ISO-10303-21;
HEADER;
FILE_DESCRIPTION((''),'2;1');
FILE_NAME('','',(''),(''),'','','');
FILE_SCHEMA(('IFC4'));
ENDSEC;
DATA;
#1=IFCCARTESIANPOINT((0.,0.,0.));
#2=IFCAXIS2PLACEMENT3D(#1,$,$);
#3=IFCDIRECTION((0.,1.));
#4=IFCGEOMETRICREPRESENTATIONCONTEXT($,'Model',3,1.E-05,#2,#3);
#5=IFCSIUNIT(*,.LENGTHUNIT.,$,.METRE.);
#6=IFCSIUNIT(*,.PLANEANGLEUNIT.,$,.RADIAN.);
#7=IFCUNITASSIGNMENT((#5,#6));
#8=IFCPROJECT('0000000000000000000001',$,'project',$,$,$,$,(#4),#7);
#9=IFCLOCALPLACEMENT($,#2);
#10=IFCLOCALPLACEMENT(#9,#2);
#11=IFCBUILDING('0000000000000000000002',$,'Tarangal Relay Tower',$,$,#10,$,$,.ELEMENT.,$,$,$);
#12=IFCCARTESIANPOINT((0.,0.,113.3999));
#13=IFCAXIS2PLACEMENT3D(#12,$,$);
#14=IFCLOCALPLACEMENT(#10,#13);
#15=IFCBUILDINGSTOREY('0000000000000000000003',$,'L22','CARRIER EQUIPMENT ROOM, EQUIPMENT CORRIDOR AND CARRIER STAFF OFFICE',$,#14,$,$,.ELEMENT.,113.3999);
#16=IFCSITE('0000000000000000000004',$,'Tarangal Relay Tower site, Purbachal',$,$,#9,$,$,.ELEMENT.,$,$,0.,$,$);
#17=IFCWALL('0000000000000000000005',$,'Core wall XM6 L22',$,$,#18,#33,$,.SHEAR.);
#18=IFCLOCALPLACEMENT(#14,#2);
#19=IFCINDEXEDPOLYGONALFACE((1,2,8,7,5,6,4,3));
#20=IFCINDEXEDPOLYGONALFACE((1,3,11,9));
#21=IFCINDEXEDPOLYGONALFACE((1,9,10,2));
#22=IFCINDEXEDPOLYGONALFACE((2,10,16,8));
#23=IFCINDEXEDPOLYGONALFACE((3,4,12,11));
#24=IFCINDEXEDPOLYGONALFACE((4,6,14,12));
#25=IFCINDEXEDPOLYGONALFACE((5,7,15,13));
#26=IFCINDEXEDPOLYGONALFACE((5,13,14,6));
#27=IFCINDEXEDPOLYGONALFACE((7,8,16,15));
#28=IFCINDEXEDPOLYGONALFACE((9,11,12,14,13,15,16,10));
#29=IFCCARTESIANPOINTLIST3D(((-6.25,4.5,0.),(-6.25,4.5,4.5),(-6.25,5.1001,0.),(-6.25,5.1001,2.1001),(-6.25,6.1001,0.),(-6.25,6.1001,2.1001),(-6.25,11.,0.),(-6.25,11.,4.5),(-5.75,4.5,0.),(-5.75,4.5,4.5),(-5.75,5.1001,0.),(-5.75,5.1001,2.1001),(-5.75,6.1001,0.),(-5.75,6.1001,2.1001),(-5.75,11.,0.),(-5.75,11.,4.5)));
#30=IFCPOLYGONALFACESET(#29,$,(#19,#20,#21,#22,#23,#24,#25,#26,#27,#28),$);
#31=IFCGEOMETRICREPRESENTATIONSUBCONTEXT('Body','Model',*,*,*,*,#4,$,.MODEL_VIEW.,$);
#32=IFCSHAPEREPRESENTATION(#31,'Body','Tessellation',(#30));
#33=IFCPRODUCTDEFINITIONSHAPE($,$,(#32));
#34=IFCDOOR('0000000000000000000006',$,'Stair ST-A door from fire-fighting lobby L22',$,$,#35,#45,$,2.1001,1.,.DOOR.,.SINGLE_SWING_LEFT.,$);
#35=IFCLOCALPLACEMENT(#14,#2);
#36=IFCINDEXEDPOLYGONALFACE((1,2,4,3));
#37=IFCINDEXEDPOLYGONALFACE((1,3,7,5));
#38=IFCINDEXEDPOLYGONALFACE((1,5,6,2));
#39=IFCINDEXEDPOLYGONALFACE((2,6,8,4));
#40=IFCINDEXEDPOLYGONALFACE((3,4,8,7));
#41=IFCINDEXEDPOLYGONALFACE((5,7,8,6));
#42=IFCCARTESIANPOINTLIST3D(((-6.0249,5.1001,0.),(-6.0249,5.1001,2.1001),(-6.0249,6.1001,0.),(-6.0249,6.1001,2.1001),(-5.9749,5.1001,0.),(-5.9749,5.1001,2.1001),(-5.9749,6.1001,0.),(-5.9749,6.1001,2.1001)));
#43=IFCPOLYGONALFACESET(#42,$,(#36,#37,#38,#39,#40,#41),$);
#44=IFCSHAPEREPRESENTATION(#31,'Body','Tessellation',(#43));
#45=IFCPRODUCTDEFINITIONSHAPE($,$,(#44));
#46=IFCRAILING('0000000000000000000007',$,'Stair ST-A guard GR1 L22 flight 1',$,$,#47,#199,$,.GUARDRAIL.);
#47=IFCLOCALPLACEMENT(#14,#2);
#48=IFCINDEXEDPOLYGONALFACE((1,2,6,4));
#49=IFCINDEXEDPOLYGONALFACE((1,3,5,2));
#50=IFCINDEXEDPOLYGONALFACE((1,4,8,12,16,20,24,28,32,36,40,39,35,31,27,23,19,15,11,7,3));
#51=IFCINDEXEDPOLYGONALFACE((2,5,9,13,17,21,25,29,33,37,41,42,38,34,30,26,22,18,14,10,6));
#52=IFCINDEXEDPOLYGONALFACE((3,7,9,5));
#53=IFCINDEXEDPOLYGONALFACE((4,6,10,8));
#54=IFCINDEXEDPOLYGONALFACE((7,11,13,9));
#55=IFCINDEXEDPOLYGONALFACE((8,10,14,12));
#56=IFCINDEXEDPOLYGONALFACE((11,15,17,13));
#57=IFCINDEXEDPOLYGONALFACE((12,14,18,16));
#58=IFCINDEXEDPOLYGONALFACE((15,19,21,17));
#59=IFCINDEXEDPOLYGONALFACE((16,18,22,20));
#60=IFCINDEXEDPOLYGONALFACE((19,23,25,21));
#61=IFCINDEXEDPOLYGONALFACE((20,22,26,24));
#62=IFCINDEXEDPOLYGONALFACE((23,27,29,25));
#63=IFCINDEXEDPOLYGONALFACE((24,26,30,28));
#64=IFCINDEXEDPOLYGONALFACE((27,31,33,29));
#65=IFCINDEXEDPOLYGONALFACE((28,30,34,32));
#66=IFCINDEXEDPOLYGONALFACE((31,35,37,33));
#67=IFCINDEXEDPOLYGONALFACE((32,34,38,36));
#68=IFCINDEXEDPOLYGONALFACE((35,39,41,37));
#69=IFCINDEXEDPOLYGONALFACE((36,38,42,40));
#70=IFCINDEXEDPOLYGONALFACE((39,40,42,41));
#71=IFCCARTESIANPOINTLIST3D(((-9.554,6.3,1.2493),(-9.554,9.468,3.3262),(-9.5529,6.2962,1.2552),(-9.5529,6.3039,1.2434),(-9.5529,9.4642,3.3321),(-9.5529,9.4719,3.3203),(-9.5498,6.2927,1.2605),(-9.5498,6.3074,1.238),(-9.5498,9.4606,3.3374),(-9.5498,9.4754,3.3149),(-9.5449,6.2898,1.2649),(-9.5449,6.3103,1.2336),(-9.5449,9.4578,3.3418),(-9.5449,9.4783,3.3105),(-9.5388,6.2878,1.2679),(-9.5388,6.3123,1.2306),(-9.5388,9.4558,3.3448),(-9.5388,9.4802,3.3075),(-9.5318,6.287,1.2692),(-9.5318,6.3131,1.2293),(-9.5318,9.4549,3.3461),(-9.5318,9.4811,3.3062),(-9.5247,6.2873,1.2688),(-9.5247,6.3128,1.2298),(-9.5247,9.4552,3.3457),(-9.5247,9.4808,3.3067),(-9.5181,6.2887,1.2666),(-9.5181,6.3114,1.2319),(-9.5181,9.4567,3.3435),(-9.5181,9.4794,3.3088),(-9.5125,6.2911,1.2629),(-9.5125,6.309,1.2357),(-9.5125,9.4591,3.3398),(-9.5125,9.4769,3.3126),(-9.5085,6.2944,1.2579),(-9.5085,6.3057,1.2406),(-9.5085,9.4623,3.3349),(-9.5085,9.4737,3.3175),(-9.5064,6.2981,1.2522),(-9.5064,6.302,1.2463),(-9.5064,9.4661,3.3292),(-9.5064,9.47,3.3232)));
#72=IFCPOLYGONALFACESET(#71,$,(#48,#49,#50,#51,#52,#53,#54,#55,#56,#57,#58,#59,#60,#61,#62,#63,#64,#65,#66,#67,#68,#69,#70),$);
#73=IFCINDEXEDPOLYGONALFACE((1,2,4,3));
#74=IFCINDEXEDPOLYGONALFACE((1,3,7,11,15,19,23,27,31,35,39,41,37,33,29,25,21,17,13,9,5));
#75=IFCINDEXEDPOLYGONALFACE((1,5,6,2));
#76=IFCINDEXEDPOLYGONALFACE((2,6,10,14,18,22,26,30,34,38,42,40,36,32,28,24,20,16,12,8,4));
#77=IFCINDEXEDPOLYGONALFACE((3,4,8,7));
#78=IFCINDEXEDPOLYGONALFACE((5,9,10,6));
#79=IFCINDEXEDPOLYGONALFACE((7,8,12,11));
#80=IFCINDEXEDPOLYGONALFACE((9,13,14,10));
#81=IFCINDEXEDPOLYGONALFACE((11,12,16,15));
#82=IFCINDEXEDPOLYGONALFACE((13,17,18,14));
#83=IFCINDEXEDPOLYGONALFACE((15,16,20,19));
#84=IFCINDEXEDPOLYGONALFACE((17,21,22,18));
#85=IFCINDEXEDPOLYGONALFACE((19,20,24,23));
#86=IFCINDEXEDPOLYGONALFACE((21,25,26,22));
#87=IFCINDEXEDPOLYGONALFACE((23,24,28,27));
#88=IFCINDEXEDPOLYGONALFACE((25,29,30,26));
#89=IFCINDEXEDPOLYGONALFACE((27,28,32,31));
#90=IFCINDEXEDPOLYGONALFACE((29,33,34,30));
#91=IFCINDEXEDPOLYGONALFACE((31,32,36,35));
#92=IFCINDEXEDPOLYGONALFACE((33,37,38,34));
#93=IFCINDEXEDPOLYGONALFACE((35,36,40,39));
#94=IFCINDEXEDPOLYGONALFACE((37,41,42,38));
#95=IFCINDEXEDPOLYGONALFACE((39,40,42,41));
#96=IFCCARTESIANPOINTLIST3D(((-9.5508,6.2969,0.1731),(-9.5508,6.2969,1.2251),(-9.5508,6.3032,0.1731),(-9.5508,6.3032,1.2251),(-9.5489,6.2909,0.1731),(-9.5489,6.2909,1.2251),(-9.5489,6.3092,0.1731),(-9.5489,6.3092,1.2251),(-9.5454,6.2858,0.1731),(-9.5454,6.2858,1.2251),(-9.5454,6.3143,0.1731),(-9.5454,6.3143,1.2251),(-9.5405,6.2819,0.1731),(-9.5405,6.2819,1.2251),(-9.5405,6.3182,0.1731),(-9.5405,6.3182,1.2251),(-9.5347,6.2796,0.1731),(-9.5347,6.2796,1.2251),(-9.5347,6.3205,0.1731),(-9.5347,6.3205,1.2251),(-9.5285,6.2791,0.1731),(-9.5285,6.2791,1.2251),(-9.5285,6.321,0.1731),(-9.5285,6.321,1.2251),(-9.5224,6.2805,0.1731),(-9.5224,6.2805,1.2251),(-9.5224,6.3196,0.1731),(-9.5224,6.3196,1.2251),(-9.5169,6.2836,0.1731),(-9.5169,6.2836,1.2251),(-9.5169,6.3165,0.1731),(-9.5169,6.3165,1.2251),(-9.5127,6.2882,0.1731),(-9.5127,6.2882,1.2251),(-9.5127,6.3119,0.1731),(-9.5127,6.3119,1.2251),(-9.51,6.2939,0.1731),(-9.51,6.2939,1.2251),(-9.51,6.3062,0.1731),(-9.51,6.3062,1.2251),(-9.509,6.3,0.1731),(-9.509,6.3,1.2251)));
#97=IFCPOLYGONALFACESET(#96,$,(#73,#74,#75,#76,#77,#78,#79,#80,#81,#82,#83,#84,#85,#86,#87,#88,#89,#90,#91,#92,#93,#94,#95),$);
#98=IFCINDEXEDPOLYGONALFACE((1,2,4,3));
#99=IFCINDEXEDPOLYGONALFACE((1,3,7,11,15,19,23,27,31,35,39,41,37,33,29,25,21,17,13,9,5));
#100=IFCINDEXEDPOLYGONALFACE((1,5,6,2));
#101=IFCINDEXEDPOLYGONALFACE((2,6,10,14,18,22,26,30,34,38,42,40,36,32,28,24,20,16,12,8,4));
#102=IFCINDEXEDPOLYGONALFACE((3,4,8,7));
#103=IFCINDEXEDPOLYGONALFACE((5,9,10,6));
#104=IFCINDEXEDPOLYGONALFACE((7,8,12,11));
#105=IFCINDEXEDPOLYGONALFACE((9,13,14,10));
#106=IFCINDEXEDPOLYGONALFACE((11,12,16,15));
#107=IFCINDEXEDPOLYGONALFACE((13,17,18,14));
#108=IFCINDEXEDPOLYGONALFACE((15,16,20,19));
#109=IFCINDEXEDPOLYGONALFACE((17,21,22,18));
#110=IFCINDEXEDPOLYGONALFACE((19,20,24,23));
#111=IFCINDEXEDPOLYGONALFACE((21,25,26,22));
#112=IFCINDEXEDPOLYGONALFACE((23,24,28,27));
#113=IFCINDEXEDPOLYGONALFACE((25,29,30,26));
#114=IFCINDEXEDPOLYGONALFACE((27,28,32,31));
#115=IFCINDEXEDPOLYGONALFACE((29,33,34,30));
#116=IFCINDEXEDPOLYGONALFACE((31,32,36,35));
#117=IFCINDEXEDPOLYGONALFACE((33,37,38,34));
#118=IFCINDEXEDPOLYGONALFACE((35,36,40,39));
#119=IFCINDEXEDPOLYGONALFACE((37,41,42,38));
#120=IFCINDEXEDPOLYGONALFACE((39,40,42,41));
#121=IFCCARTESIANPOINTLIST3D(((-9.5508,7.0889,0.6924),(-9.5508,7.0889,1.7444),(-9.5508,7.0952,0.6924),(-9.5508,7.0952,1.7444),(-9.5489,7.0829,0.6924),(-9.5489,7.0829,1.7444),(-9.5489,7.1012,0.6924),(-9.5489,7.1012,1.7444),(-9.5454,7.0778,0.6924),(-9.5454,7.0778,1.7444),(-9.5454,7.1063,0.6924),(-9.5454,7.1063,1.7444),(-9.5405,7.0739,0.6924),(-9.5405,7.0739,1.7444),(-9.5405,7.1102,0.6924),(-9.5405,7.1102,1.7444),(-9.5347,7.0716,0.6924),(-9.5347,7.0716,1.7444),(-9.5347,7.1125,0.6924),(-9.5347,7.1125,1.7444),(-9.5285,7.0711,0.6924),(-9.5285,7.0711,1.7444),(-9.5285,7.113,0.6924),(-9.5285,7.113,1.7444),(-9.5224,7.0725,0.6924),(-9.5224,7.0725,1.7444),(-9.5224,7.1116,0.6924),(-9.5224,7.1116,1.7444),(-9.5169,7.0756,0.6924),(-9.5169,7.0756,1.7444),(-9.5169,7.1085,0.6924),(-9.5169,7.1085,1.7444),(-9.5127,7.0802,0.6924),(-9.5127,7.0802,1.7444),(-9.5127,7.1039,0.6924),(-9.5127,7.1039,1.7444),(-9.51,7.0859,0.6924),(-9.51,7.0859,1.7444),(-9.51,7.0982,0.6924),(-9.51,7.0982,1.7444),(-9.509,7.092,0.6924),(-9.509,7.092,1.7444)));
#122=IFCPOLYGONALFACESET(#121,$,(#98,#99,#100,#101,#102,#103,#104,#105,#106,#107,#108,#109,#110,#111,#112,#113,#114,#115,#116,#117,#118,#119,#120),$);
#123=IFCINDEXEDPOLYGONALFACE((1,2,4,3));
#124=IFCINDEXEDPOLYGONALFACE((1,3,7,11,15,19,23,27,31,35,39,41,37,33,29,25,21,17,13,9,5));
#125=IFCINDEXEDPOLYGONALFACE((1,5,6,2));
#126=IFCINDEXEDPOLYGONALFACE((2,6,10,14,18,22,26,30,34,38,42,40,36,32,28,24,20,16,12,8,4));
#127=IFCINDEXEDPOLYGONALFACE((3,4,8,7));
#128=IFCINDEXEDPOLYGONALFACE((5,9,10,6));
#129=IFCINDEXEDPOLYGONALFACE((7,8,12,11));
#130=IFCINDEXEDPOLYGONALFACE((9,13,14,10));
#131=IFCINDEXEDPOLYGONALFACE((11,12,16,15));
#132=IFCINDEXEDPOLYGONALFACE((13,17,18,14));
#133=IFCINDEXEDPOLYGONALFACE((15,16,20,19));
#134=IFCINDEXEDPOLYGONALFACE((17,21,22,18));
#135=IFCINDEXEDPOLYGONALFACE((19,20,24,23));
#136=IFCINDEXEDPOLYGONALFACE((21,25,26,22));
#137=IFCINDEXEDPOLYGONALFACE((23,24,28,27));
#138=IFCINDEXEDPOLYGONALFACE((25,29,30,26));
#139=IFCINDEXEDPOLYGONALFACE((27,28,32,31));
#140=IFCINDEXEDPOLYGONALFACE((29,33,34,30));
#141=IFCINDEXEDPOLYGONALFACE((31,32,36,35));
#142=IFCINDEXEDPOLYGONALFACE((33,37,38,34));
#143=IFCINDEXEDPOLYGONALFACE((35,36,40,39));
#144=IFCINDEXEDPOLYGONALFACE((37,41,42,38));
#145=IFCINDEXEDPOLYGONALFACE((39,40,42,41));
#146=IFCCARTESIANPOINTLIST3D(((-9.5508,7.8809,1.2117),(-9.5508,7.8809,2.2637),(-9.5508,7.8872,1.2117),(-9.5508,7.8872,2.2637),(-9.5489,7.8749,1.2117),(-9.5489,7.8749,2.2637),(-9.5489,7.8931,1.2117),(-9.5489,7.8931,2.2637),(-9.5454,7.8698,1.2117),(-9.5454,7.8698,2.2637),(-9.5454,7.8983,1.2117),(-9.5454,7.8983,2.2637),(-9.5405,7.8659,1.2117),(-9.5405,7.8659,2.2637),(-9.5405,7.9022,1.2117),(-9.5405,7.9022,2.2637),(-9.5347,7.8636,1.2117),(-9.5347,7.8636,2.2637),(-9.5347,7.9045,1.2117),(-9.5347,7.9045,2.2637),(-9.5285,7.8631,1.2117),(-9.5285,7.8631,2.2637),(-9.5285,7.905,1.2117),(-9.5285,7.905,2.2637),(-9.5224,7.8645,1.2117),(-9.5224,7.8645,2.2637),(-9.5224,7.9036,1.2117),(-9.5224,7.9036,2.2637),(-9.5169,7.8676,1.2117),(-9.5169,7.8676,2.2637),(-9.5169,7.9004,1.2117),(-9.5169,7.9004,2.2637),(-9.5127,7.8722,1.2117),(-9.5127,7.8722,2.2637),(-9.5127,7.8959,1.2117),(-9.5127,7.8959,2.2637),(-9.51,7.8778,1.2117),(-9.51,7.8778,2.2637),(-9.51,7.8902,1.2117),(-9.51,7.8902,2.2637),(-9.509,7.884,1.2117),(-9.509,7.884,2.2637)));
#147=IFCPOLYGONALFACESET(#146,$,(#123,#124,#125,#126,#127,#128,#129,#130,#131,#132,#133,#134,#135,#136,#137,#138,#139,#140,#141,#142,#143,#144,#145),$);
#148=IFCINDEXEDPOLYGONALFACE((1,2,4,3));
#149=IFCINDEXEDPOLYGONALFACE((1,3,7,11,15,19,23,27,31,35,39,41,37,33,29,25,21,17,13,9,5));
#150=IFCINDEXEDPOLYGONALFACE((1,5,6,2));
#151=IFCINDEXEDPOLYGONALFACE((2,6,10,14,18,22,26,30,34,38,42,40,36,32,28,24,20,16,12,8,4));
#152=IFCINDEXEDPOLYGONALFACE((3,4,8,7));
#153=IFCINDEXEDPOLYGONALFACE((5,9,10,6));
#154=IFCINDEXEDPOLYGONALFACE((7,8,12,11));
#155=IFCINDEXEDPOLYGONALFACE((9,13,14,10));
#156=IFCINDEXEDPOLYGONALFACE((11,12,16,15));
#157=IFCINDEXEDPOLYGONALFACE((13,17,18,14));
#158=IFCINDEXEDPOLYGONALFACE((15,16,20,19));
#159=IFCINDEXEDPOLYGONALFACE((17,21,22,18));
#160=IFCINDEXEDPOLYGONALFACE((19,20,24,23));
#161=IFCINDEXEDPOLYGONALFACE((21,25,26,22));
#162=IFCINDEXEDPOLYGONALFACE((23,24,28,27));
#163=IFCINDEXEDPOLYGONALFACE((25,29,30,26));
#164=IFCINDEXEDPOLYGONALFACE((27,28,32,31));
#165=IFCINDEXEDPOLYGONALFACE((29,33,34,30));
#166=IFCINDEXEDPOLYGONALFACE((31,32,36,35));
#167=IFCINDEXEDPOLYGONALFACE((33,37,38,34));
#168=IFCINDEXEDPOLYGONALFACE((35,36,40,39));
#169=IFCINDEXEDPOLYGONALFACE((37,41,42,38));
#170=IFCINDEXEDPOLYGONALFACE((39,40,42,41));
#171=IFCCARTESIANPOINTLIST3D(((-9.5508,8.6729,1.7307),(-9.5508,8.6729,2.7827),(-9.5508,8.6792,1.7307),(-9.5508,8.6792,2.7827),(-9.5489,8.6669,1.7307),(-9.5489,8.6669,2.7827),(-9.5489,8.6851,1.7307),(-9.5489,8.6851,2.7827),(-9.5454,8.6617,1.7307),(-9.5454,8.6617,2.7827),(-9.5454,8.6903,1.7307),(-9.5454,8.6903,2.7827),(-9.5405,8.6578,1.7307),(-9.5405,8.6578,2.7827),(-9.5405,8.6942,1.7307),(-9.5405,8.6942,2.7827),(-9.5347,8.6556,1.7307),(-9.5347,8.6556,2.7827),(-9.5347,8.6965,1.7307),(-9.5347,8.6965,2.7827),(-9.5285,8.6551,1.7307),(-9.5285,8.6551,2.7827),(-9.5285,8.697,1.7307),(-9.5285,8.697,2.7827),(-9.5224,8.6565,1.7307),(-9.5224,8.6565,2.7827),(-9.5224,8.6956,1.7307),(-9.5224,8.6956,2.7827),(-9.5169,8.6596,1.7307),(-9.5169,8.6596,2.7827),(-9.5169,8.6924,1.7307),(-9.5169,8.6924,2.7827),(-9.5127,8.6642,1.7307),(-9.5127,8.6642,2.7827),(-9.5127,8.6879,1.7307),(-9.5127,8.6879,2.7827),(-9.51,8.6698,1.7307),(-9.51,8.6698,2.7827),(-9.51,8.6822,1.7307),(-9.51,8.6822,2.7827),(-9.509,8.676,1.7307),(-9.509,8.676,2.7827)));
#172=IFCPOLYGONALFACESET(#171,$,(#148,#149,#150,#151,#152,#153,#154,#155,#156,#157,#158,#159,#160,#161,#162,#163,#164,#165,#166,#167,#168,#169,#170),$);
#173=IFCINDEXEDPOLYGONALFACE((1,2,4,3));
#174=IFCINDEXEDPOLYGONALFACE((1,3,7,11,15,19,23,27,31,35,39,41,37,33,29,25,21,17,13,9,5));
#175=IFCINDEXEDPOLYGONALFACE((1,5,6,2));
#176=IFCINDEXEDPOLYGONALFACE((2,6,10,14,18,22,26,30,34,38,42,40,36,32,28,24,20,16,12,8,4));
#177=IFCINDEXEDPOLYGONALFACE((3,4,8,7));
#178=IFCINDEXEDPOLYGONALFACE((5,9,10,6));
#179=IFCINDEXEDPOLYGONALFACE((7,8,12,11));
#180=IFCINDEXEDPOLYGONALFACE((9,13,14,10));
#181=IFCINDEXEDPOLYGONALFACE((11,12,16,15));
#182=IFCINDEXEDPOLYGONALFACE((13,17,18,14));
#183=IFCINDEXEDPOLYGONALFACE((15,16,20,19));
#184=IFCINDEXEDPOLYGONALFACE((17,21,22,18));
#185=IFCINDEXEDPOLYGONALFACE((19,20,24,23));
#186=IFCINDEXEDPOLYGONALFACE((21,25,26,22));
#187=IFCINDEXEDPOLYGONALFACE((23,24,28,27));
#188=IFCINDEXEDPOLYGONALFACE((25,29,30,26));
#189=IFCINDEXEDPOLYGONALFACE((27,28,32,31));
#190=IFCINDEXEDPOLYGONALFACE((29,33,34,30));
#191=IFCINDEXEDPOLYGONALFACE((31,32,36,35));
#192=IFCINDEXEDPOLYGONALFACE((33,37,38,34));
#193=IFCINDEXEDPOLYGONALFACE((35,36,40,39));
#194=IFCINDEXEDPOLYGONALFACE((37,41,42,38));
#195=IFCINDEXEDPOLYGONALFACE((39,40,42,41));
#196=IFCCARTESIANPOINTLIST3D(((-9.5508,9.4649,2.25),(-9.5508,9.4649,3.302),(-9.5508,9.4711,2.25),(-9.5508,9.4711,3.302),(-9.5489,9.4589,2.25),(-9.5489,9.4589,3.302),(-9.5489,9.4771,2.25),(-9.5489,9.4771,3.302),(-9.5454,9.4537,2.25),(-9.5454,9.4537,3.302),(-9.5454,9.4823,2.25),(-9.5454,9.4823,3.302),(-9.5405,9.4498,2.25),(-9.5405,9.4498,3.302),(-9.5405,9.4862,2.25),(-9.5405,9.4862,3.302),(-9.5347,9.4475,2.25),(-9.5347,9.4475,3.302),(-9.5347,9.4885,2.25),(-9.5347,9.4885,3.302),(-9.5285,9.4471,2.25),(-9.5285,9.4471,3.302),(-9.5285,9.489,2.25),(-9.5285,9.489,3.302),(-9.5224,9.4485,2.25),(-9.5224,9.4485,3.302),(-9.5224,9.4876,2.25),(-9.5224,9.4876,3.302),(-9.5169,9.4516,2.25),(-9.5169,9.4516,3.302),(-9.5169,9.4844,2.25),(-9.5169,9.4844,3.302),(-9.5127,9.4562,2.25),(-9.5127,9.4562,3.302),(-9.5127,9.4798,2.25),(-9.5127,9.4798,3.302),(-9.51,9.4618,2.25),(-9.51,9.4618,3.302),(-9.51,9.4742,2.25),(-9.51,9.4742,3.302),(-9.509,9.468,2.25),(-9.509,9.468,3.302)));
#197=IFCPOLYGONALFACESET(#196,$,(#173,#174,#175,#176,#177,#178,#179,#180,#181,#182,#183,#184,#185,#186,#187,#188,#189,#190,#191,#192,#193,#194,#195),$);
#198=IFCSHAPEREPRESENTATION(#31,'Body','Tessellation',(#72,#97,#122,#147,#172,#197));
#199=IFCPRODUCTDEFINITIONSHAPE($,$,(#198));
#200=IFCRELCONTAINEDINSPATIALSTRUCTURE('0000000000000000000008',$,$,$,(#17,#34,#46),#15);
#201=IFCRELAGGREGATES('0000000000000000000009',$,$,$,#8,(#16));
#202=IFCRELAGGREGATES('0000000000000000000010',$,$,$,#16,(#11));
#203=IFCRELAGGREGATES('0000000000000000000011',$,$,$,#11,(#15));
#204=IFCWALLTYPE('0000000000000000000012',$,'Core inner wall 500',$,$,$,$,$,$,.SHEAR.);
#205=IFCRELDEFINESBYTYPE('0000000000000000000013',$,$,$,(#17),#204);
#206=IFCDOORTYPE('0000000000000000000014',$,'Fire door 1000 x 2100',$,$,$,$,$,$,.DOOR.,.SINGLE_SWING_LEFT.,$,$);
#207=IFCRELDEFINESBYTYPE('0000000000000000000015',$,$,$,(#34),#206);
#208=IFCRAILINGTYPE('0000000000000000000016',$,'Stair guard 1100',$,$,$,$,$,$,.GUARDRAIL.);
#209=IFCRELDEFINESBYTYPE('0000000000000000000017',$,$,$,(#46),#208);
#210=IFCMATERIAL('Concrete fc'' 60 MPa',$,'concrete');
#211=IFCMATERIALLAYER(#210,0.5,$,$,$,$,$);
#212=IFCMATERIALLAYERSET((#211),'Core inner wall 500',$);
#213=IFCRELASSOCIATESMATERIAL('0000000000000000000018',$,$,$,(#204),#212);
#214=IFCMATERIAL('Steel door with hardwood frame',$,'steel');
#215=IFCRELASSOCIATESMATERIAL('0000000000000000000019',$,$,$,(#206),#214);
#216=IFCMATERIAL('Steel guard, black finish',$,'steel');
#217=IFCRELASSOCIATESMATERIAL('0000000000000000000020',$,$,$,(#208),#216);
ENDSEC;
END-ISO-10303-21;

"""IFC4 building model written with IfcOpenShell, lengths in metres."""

from ifc_helpers import new_model, si_unit, direction, frame, frame_2d, origin, origin_2d, place, context, subcontext, project, spatial, rectangle, circle, extrude, material, layer, layer_set, type_object, element, fill, save


model = new_model("IFC4")

# Units and contexts
model_context = context("Model", 3, precision=1e-05, world=origin(), true_north=direction((0.0, 1.0)))
body_context = subcontext(model_context, "Body", "Model", "MODEL_VIEW")
ifc_project = project(units=[si_unit("LENGTHUNIT", "METRE"), si_unit("PLANEANGLEUNIT", "RADIAN")], contexts=[model_context])

# Site, building, storey
site_placement = place(None, origin())
site = spatial("IfcSite", under=ifc_project, at=site_placement, Name="Tarangal Relay Tower site, Purbachal", CompositionType="ELEMENT", RefElevation=0.0)
building_placement = place(site_placement, origin())
building = spatial("IfcBuilding", under=site, at=building_placement, Name="Tarangal Relay Tower", CompositionType="ELEMENT")
storey_placement = place(building_placement, frame((0.0, 0.0, 113.3999)))
storey = spatial("IfcBuildingStorey", under=building, at=storey_placement, Name="L22", Description="CARRIER EQUIPMENT ROOM, EQUIPMENT CORRIDOR AND CARRIER STAFF OFFICE", CompositionType="ELEMENT", Elevation=113.3999)

# Shared definitions
ifc_material_1 = material(Name="Concrete fc' 60 MPa", Category="concrete")
ifc_layer_1 = layer(ifc_material_1, 0.5)
ifc_layer_set_1 = layer_set([ifc_layer_1], Name="Core inner wall 500")
wall_type = type_object("IfcWallType", Name="Core inner wall 500", PredefinedType="SHEAR", material=ifc_layer_set_1)
ifc_material_2 = material(Name="Steel door with hardwood frame", Category="steel")

# Wall, opening, door
wall_1_placement = place(storey_placement, frame((-6.0, 4.5, 0.0), z_axis=(0.0, 0.0, 1.0), x_axis=(0.0, 1.0, 0.0)))
wall_1 = element("IfcWall", 1, at=wall_1_placement, inside=storey, type_object=wall_type, Name="Core wall XM6 L22", PredefinedType="SHEAR", context=body_context, shape_type="SweptSolid", body=[
    extrude(rectangle(XDim=6.5, YDim=0.5, at=frame_2d((3.25, 0.0))), origin(), (0.0, 0.0, 1.0), 4.5),
])
opening_1_placement = place(wall_1_placement, frame((0.6001, 0.0, 0.0)))
opening_1 = element("IfcOpeningElement", 2, at=opening_1_placement, cuts=wall_1, PredefinedType="OPENING", context=body_context, shape_type="SweptSolid", body=[
    extrude(rectangle(XDim=1.0, YDim=2.1001, at=frame_2d((0.5, 1.05))), frame((0.0, 0.26, 0.0), z_axis=(0.0, -1.0, 0.0), x_axis=(1.0, 0.0, 0.0)), (0.0, 0.0, 1.0), 0.52),
])
door_type_1 = type_object("IfcDoorType", Name="Fire door 1000 x 2100", OperationType="SINGLE_SWING_LEFT", PredefinedType="DOOR", material=ifc_material_2)
door_1_placement = place(opening_1_placement, origin())
door_1 = element("IfcDoor", 3, at=door_1_placement, inside=storey, type_object=door_type_1, Name="Stair ST-A door from fire-fighting lobby L22", OperationType="SINGLE_SWING_LEFT", OverallHeight=2.1001, OverallWidth=1.0, PredefinedType="DOOR", context=body_context, shape_type="SweptSolid", body=[
    extrude(rectangle(XDim=1.0, YDim=2.1001, at=frame_2d((0.5, 1.05))), frame((0.0, 0.0249, 0.0), z_axis=(0.0, -1.0, 0.0), x_axis=(1.0, 0.0, 0.0)), (0.0, 0.0, 1.0), 0.05),
])
fill(opening_1, door_1)

# Railing
ifc_material_3 = material(Name="Steel guard, black finish", Category="steel")
railing_type = type_object("IfcRailingType", Name="Stair guard 1100", PredefinedType="GUARDRAIL", material=ifc_material_3)
railing_1_placement = place(storey_placement, frame((-9.53, 6.3, 0.1731)))
element("IfcRailing", 4, at=railing_1_placement, inside=storey, type_object=railing_type, Name="Stair ST-A guard GR1 L22 flight 1", PredefinedType="GUARDRAIL", context=body_context, shape_type="SweptSolid", body=[
    extrude(circle(Radius=0.0239, at=origin_2d()), frame((0.0, 0.0, 1.0762), z_axis=(0.0, 0.836299, 0.548273), x_axis=(-1.0, 0.0, 0.0)), (0.0, 0.0, 1.0), 3.7881),
    extrude(circle(Radius=0.021, at=origin_2d()), origin(), (0.0, 0.0, 1.0), 1.052),
    extrude(circle(Radius=0.021, at=origin_2d()), frame((0.0, 0.792, 0.5193)), (0.0, 0.0, 1.0), 1.052),
    extrude(circle(Radius=0.021, at=origin_2d()), frame((0.0, 1.584, 1.0386)), (0.0, 0.0, 1.0), 1.052),
    extrude(circle(Radius=0.021, at=origin_2d()), frame((0.0, 2.376, 1.5576)), (0.0, 0.0, 1.0), 1.052),
    extrude(circle(Radius=0.021, at=origin_2d()), frame((0.0, 3.168, 2.0769)), (0.0, 0.0, 1.0), 1.052),
])

save(model, "model.ifc")
